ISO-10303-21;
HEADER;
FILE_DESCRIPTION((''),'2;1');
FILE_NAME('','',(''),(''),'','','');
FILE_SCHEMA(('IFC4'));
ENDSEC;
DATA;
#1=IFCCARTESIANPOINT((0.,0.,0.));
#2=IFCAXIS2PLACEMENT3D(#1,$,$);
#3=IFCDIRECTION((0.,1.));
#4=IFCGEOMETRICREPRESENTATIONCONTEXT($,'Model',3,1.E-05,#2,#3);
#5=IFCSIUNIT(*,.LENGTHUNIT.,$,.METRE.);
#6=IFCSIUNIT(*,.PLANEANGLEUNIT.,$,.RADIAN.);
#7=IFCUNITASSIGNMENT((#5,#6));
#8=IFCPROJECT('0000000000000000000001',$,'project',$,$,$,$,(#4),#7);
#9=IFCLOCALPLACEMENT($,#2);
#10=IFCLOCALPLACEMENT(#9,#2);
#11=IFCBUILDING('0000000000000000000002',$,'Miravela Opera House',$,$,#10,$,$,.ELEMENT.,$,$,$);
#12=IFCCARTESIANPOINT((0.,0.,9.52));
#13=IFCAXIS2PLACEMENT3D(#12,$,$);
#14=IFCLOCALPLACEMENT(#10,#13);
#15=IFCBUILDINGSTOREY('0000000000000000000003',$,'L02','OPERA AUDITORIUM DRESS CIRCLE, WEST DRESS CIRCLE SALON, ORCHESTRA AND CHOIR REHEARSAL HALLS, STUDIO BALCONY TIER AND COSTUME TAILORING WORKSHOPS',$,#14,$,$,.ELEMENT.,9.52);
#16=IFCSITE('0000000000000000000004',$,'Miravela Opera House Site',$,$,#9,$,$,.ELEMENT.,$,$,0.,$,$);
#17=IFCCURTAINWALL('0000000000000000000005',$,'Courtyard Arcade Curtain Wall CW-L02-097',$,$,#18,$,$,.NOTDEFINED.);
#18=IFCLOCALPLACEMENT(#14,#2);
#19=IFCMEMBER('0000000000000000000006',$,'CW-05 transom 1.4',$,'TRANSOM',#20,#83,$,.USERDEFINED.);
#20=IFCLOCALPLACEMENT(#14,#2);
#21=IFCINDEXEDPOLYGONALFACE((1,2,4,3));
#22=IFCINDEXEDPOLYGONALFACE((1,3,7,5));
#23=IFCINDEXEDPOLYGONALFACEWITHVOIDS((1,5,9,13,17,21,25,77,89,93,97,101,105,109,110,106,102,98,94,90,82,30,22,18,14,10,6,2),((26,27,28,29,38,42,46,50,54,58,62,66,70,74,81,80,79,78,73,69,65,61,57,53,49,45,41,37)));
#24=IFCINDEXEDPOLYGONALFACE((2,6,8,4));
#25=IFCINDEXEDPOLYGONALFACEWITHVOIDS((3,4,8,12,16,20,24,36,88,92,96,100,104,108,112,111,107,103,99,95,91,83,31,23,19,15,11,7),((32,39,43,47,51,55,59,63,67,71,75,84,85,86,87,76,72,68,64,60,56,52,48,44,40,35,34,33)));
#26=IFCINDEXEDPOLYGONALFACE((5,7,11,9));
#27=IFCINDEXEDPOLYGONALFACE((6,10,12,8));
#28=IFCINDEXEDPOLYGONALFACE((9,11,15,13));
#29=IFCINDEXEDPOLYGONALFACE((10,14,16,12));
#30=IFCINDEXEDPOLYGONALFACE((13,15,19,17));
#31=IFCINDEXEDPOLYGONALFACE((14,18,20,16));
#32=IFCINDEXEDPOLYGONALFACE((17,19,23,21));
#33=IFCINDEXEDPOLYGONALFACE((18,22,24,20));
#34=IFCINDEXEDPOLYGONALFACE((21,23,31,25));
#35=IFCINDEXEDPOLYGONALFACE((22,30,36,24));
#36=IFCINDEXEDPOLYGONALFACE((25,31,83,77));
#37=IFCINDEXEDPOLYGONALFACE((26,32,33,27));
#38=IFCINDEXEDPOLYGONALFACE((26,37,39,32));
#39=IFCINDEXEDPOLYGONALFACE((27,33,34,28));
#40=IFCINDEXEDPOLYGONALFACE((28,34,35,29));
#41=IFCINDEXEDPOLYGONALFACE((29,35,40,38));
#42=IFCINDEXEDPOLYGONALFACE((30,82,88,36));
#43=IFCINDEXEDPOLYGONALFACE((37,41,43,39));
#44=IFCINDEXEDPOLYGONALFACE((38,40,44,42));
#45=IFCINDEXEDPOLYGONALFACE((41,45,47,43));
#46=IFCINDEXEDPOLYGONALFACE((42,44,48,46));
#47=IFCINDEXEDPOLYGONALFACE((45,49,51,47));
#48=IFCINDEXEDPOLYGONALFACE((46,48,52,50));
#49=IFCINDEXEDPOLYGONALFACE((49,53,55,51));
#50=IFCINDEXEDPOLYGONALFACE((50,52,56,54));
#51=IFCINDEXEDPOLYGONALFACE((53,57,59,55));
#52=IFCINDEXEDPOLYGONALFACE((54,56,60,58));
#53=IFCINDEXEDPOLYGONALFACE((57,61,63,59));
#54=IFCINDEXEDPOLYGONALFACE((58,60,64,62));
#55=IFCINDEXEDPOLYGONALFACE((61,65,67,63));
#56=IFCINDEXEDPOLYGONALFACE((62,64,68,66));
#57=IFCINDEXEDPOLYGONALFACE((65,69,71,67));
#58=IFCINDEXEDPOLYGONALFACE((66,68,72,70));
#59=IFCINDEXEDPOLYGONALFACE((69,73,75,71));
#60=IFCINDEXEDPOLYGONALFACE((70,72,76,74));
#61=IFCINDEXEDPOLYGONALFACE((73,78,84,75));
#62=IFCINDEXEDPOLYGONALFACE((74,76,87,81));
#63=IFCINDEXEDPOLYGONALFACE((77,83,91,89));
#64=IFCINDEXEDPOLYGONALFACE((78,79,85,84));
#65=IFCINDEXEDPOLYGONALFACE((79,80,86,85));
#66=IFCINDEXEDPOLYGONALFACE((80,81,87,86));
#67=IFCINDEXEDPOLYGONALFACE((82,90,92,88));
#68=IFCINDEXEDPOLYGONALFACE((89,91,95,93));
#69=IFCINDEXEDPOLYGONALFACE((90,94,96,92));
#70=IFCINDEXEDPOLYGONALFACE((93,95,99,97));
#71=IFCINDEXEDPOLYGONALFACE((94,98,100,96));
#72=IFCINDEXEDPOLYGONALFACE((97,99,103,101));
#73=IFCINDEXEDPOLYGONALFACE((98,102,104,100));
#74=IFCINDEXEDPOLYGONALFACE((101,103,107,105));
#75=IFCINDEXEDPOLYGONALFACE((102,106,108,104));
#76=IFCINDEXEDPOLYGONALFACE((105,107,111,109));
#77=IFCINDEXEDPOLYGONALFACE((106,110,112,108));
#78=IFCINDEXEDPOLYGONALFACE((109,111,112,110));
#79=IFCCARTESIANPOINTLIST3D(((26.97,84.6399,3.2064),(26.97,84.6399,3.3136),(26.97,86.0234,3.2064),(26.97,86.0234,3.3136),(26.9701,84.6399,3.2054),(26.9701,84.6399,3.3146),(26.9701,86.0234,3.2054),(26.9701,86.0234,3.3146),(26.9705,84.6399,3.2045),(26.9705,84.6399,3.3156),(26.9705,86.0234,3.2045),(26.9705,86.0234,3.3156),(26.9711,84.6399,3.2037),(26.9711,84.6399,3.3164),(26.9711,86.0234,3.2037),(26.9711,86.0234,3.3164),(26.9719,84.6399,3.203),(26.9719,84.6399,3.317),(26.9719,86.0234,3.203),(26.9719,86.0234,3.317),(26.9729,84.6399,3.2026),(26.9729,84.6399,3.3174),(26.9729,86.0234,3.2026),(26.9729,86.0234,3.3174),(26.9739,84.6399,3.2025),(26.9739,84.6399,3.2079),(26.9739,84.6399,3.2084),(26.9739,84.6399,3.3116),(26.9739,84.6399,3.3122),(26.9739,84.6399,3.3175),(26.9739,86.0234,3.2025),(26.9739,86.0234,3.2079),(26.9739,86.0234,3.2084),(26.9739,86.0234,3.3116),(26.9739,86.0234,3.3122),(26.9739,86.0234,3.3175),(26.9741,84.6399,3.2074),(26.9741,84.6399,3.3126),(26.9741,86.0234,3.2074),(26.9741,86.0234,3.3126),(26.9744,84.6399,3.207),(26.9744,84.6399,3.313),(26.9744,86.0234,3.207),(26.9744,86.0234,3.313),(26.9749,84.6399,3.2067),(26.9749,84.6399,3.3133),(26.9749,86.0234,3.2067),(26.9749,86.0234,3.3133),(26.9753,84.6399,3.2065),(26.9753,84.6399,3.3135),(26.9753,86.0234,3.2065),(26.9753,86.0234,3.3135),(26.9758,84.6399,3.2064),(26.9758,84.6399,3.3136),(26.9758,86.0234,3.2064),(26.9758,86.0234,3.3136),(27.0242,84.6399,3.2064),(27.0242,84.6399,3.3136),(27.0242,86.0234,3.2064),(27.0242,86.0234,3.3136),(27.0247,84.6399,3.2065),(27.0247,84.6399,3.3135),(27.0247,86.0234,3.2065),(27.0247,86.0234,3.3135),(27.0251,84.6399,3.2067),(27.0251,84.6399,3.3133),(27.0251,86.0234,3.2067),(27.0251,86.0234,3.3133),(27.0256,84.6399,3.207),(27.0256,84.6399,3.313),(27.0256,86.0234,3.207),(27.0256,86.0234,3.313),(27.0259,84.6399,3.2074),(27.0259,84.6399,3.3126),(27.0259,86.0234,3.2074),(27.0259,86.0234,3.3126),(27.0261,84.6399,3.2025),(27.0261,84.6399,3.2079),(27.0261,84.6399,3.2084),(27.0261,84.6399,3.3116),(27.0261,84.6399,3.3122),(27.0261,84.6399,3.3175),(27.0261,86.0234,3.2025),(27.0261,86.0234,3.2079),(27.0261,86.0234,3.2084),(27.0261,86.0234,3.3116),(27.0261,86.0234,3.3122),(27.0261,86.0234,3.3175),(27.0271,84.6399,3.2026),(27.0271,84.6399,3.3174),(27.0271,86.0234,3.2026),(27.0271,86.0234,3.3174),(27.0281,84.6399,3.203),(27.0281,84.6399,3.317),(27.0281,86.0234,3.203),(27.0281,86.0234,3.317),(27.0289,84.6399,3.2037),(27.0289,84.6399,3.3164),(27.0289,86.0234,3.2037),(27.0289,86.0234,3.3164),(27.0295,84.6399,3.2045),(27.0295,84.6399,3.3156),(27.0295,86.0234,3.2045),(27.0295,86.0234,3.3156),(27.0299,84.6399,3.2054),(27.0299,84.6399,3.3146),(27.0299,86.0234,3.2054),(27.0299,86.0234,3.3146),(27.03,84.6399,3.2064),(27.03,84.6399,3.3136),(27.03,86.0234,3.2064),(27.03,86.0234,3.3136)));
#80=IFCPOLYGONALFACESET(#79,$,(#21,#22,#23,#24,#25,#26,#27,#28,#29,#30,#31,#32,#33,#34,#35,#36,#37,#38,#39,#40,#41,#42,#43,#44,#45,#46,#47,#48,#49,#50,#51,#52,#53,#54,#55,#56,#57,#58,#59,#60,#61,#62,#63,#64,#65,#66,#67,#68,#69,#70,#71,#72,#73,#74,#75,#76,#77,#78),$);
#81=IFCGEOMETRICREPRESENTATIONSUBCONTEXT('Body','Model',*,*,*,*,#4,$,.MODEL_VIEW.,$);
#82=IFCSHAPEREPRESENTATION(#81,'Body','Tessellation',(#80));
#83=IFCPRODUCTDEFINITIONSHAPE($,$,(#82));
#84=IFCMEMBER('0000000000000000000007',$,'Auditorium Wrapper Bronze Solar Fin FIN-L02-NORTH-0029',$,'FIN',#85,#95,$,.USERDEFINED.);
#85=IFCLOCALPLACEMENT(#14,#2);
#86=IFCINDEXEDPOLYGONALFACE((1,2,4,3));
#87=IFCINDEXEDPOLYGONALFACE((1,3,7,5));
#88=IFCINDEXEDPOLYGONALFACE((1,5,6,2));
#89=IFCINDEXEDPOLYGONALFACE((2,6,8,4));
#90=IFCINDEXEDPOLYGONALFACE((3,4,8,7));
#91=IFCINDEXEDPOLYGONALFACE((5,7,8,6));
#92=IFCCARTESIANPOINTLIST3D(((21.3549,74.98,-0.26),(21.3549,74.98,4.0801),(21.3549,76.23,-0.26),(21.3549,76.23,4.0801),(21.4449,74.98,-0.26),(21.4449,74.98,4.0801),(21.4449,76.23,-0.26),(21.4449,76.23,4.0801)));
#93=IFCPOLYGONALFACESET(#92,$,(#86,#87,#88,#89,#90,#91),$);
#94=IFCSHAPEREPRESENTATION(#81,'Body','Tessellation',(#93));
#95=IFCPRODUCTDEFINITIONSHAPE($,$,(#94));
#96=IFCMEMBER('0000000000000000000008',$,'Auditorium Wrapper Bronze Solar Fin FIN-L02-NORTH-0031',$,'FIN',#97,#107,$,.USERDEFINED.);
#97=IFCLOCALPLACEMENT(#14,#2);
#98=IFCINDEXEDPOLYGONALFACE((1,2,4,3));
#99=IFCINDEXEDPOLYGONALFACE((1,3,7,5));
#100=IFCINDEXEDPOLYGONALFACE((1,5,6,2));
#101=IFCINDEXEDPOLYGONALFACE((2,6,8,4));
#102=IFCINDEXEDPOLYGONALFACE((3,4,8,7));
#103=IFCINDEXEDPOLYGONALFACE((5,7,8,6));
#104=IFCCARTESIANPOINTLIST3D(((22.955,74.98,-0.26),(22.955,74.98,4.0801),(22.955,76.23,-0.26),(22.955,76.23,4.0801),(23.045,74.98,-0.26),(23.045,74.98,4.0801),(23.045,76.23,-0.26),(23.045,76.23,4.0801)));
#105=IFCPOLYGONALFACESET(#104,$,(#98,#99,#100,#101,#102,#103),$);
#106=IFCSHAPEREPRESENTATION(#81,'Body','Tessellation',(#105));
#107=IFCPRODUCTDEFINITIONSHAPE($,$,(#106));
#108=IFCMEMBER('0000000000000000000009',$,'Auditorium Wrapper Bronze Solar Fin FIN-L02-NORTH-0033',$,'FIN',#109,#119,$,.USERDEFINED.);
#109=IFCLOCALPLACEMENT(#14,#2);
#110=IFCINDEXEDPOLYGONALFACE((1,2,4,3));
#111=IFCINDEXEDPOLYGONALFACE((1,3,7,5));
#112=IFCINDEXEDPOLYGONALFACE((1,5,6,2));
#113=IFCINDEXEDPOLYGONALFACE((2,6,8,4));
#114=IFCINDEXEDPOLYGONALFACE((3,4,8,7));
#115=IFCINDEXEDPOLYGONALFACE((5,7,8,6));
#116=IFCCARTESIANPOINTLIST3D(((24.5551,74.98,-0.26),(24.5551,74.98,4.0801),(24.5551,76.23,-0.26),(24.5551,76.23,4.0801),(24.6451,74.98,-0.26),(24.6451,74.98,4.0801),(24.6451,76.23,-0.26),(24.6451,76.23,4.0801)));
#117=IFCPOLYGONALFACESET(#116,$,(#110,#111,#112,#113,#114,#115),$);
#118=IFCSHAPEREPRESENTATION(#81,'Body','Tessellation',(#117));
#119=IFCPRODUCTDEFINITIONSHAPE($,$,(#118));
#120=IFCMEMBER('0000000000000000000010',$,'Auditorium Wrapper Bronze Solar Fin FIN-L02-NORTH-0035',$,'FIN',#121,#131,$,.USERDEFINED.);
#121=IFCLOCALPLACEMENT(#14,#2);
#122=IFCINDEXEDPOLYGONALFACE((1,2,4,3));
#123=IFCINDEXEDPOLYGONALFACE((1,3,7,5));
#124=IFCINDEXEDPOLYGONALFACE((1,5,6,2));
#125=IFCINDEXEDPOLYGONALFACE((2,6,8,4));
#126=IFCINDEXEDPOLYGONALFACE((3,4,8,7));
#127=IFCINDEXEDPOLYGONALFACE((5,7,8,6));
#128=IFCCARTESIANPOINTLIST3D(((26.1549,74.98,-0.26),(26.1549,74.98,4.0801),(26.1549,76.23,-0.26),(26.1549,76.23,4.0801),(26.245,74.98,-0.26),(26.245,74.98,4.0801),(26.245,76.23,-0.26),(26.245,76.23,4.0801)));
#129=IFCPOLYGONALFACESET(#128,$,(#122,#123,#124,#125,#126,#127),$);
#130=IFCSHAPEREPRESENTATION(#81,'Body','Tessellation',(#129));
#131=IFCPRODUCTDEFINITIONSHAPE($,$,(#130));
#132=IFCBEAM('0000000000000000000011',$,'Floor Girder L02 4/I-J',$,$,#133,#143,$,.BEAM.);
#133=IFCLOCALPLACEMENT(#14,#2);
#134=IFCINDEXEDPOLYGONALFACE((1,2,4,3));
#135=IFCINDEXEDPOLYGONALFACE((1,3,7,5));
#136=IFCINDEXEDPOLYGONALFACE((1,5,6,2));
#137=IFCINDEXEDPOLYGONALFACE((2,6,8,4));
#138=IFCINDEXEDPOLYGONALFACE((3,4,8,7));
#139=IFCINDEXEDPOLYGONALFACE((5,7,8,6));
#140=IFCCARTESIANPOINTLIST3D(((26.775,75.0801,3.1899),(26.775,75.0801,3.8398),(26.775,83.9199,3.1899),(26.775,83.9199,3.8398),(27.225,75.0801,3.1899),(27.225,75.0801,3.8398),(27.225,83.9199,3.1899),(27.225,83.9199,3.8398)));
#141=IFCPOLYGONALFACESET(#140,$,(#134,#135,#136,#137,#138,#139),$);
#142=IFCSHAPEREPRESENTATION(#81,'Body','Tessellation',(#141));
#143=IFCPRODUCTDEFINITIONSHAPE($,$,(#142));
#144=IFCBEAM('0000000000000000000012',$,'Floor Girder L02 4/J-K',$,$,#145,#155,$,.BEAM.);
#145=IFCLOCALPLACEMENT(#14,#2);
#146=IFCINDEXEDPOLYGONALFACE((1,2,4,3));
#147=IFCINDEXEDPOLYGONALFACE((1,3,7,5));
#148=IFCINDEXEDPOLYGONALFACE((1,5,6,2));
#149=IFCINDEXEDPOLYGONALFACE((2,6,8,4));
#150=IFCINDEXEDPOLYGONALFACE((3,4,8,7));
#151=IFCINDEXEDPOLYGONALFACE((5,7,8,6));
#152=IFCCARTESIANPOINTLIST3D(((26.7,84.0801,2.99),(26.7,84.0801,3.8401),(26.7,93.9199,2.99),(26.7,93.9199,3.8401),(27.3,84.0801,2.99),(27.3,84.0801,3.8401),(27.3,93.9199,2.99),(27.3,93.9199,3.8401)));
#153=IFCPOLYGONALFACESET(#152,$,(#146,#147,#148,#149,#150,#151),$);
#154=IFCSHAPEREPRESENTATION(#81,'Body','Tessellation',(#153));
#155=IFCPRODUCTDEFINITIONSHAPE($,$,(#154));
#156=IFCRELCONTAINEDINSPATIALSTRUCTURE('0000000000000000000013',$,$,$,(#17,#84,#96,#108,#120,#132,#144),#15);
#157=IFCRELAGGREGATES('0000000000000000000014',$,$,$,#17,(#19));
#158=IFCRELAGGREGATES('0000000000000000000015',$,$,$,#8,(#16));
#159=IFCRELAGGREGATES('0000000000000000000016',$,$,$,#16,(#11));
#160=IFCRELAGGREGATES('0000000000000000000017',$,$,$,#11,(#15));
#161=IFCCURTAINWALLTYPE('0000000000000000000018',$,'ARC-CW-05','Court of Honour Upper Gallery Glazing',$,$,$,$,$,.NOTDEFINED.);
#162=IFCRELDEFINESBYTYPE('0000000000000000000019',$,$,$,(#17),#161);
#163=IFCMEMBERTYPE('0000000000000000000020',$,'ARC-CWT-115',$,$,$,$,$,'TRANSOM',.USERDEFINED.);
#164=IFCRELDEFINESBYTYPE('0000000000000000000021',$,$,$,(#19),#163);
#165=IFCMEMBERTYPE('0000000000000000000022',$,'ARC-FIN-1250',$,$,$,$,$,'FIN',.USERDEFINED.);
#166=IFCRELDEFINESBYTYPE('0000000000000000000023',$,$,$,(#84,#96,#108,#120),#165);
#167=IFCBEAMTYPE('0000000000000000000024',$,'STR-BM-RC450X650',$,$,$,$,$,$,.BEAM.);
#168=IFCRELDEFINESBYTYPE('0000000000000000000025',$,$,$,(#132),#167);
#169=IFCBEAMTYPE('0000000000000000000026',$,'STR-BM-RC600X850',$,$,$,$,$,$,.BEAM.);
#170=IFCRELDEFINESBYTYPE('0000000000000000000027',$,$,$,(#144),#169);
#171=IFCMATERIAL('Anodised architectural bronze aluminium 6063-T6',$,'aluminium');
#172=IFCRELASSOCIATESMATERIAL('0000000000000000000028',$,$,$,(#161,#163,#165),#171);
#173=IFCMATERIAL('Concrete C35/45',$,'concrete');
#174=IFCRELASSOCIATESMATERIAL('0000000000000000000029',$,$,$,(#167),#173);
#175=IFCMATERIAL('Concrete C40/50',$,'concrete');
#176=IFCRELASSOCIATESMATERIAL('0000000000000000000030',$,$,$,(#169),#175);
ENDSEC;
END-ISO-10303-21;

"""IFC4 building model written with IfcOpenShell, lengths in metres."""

from ifc_helpers import new_model, si_unit, direction, frame, origin, origin_2d, place, context, subcontext, project, spatial, rectangle, hollow_rectangle, extrude, material, material_profile, profile_set, type_object, element, aggregate, save


model = new_model("IFC4")

# Units and contexts
model_context = context("Model", 3, precision=1e-05, world=origin(), true_north=direction((0.0, 1.0)))
body_context = subcontext(model_context, "Body", "Model", "MODEL_VIEW")
ifc_project = project(units=[si_unit("LENGTHUNIT", "METRE"), si_unit("PLANEANGLEUNIT", "RADIAN")], contexts=[model_context])

# Site, building, storey
site_placement = place(None, origin())
site = spatial("IfcSite", under=ifc_project, at=site_placement, Name="Miravela Opera House Site", CompositionType="ELEMENT", RefElevation=0.0)
building_placement = place(site_placement, origin())
building = spatial("IfcBuilding", under=site, at=building_placement, Name="Miravela Opera House", CompositionType="ELEMENT")
storey_placement = place(building_placement, frame((0.0, 0.0, 9.52)))
storey = spatial("IfcBuildingStorey", under=building, at=storey_placement, Name="L02", Description="OPERA AUDITORIUM DRESS CIRCLE, WEST DRESS CIRCLE SALON, ORCHESTRA AND CHOIR REHEARSAL HALLS, STUDIO BALCONY TIER AND COSTUME TAILORING WORKSHOPS", CompositionType="ELEMENT", Elevation=9.52)

# Shared definitions
ifc_material_1 = material(Name="Concrete C35/45", Category="concrete")

# Curtain wall, member
ifc_material_2 = material(Name="Anodised architectural bronze aluminium 6063-T6", Category="aluminium")
curtain_wall_type = type_object("IfcCurtainWallType", Name="ARC-CW-05", Description="Court of Honour Upper Gallery Glazing", PredefinedType="NOTDEFINED", material=ifc_material_2)
curtain_wall_placement = place(storey_placement, origin())
curtain_wall = element("IfcCurtainWall", 1, at=curtain_wall_placement, inside=storey, type_object=curtain_wall_type, Name="Courtyard Arcade Curtain Wall CW-L02-097", PredefinedType="NOTDEFINED")
ifc_material_profile_1 = material_profile(ifc_material_2, hollow_rectangle(XDim=0.0601, YDim=0.115, WallThickness=0.0039, InnerFilletRadius=0.002, OuterFilletRadius=0.0039, at=origin_2d()), Name="CWT-60X115")
ifc_profile_set_1 = profile_set([ifc_material_profile_1])
member_type_1 = type_object("IfcMemberType", Name="ARC-CWT-115", ElementType="TRANSOM", PredefinedType="USERDEFINED", material=ifc_profile_set_1)
member_1_placement = place(storey_placement, frame((27.0, 84.6399, 3.26), z_axis=(0.0, 1.0, 0.0), x_axis=(-1.0, 0.0, 0.0)))
member_1 = element("IfcMember", 2, at=member_1_placement, type_object=member_type_1, Name="CW-05 transom 1.4", ObjectType="TRANSOM", PredefinedType="USERDEFINED", context=body_context, shape_type="SweptSolid", body=[
    extrude(hollow_rectangle(XDim=0.0601, YDim=0.115, WallThickness=0.0039, InnerFilletRadius=0.002, OuterFilletRadius=0.0039, at=origin_2d()), origin(), (0.0, 0.0, 1.0), 1.3835),
])
aggregate(curtain_wall, [member_1])

# Members
ifc_material_profile_2 = material_profile(ifc_material_2, rectangle(XDim=0.0901, YDim=1.25, at=origin_2d()), Name="FIN-1250X90")
ifc_profile_set_2 = profile_set([ifc_material_profile_2])
member_type_2 = type_object("IfcMemberType", Name="ARC-FIN-1250", ElementType="FIN", PredefinedType="USERDEFINED", material=ifc_profile_set_2)
for number, where, z_axis, x_axis, name in (
    (3, (21.3999, 75.605, -0.26), (0.0, 0.0, 1.0), (1.0, 0.0, 0.0), "Auditorium Wrapper Bronze Solar Fin FIN-L02-NORTH-0029"),
    (4, (23.0, 75.605, -0.26), (0.0, 0.0, 1.0), (1.0, 0.0, 0.0), "Auditorium Wrapper Bronze Solar Fin FIN-L02-NORTH-0031"),
    (5, (24.6001, 75.605, -0.26), (0.0, 0.0, 1.0), (1.0, 0.0, 0.0), "Auditorium Wrapper Bronze Solar Fin FIN-L02-NORTH-0033"),
    (6, (26.2, 75.605, -0.26), (0.0, 0.0, 1.0), (1.0, 0.0, 0.0), "Auditorium Wrapper Bronze Solar Fin FIN-L02-NORTH-0035"),
):
    element("IfcMember", number, at=place(storey_placement, frame(where, z_axis=z_axis, x_axis=x_axis)), inside=storey, type_object=member_type_2, Name=name, ObjectType="FIN", PredefinedType="USERDEFINED", context=body_context, shape_type="SweptSolid", body=[
        extrude(rectangle(XDim=0.0901, YDim=1.25, at=origin_2d()), origin(), (0.0, 0.0, 1.0), 4.3401),
    ])

# Beams
ifc_material_profile_3 = material_profile(ifc_material_1, rectangle(XDim=0.45, YDim=0.6499, at=origin_2d()), Name="RC-BM-450X650")
ifc_profile_set_3 = profile_set([ifc_material_profile_3])
beam_type_1 = type_object("IfcBeamType", Name="STR-BM-RC450X650", PredefinedType="BEAM", material=ifc_profile_set_3)
beam_1_placement = place(storey_placement, frame((27.0, 75.0801, 3.5149), z_axis=(0.0, 1.0, 0.0), x_axis=(-1.0, 0.0, 0.0)))
element("IfcBeam", 7, at=beam_1_placement, inside=storey, type_object=beam_type_1, Name="Floor Girder L02 4/I-J", PredefinedType="BEAM", context=body_context, shape_type="SweptSolid", body=[
    extrude(rectangle(XDim=0.45, YDim=0.6499, at=origin_2d()), origin(), (0.0, 0.0, 1.0), 8.8398),
])
ifc_material_3 = material(Name="Concrete C40/50", Category="concrete")
ifc_material_profile_4 = material_profile(ifc_material_3, rectangle(XDim=0.6001, YDim=0.8501, at=origin_2d()), Name="RC-BM-600X850")
ifc_profile_set_4 = profile_set([ifc_material_profile_4])
beam_type_2 = type_object("IfcBeamType", Name="STR-BM-RC600X850", PredefinedType="BEAM", material=ifc_profile_set_4)
beam_2_placement = place(storey_placement, frame((27.0, 84.0801, 3.415), z_axis=(0.0, 1.0, 0.0), x_axis=(-1.0, 0.0, 0.0)))
element("IfcBeam", 8, at=beam_2_placement, inside=storey, type_object=beam_type_2, Name="Floor Girder L02 4/J-K", PredefinedType="BEAM", context=body_context, shape_type="SweptSolid", body=[
    extrude(rectangle(XDim=0.6001, YDim=0.8501, at=origin_2d()), origin(), (0.0, 0.0, 1.0), 9.8398),
])

save(model, "model.ifc")
